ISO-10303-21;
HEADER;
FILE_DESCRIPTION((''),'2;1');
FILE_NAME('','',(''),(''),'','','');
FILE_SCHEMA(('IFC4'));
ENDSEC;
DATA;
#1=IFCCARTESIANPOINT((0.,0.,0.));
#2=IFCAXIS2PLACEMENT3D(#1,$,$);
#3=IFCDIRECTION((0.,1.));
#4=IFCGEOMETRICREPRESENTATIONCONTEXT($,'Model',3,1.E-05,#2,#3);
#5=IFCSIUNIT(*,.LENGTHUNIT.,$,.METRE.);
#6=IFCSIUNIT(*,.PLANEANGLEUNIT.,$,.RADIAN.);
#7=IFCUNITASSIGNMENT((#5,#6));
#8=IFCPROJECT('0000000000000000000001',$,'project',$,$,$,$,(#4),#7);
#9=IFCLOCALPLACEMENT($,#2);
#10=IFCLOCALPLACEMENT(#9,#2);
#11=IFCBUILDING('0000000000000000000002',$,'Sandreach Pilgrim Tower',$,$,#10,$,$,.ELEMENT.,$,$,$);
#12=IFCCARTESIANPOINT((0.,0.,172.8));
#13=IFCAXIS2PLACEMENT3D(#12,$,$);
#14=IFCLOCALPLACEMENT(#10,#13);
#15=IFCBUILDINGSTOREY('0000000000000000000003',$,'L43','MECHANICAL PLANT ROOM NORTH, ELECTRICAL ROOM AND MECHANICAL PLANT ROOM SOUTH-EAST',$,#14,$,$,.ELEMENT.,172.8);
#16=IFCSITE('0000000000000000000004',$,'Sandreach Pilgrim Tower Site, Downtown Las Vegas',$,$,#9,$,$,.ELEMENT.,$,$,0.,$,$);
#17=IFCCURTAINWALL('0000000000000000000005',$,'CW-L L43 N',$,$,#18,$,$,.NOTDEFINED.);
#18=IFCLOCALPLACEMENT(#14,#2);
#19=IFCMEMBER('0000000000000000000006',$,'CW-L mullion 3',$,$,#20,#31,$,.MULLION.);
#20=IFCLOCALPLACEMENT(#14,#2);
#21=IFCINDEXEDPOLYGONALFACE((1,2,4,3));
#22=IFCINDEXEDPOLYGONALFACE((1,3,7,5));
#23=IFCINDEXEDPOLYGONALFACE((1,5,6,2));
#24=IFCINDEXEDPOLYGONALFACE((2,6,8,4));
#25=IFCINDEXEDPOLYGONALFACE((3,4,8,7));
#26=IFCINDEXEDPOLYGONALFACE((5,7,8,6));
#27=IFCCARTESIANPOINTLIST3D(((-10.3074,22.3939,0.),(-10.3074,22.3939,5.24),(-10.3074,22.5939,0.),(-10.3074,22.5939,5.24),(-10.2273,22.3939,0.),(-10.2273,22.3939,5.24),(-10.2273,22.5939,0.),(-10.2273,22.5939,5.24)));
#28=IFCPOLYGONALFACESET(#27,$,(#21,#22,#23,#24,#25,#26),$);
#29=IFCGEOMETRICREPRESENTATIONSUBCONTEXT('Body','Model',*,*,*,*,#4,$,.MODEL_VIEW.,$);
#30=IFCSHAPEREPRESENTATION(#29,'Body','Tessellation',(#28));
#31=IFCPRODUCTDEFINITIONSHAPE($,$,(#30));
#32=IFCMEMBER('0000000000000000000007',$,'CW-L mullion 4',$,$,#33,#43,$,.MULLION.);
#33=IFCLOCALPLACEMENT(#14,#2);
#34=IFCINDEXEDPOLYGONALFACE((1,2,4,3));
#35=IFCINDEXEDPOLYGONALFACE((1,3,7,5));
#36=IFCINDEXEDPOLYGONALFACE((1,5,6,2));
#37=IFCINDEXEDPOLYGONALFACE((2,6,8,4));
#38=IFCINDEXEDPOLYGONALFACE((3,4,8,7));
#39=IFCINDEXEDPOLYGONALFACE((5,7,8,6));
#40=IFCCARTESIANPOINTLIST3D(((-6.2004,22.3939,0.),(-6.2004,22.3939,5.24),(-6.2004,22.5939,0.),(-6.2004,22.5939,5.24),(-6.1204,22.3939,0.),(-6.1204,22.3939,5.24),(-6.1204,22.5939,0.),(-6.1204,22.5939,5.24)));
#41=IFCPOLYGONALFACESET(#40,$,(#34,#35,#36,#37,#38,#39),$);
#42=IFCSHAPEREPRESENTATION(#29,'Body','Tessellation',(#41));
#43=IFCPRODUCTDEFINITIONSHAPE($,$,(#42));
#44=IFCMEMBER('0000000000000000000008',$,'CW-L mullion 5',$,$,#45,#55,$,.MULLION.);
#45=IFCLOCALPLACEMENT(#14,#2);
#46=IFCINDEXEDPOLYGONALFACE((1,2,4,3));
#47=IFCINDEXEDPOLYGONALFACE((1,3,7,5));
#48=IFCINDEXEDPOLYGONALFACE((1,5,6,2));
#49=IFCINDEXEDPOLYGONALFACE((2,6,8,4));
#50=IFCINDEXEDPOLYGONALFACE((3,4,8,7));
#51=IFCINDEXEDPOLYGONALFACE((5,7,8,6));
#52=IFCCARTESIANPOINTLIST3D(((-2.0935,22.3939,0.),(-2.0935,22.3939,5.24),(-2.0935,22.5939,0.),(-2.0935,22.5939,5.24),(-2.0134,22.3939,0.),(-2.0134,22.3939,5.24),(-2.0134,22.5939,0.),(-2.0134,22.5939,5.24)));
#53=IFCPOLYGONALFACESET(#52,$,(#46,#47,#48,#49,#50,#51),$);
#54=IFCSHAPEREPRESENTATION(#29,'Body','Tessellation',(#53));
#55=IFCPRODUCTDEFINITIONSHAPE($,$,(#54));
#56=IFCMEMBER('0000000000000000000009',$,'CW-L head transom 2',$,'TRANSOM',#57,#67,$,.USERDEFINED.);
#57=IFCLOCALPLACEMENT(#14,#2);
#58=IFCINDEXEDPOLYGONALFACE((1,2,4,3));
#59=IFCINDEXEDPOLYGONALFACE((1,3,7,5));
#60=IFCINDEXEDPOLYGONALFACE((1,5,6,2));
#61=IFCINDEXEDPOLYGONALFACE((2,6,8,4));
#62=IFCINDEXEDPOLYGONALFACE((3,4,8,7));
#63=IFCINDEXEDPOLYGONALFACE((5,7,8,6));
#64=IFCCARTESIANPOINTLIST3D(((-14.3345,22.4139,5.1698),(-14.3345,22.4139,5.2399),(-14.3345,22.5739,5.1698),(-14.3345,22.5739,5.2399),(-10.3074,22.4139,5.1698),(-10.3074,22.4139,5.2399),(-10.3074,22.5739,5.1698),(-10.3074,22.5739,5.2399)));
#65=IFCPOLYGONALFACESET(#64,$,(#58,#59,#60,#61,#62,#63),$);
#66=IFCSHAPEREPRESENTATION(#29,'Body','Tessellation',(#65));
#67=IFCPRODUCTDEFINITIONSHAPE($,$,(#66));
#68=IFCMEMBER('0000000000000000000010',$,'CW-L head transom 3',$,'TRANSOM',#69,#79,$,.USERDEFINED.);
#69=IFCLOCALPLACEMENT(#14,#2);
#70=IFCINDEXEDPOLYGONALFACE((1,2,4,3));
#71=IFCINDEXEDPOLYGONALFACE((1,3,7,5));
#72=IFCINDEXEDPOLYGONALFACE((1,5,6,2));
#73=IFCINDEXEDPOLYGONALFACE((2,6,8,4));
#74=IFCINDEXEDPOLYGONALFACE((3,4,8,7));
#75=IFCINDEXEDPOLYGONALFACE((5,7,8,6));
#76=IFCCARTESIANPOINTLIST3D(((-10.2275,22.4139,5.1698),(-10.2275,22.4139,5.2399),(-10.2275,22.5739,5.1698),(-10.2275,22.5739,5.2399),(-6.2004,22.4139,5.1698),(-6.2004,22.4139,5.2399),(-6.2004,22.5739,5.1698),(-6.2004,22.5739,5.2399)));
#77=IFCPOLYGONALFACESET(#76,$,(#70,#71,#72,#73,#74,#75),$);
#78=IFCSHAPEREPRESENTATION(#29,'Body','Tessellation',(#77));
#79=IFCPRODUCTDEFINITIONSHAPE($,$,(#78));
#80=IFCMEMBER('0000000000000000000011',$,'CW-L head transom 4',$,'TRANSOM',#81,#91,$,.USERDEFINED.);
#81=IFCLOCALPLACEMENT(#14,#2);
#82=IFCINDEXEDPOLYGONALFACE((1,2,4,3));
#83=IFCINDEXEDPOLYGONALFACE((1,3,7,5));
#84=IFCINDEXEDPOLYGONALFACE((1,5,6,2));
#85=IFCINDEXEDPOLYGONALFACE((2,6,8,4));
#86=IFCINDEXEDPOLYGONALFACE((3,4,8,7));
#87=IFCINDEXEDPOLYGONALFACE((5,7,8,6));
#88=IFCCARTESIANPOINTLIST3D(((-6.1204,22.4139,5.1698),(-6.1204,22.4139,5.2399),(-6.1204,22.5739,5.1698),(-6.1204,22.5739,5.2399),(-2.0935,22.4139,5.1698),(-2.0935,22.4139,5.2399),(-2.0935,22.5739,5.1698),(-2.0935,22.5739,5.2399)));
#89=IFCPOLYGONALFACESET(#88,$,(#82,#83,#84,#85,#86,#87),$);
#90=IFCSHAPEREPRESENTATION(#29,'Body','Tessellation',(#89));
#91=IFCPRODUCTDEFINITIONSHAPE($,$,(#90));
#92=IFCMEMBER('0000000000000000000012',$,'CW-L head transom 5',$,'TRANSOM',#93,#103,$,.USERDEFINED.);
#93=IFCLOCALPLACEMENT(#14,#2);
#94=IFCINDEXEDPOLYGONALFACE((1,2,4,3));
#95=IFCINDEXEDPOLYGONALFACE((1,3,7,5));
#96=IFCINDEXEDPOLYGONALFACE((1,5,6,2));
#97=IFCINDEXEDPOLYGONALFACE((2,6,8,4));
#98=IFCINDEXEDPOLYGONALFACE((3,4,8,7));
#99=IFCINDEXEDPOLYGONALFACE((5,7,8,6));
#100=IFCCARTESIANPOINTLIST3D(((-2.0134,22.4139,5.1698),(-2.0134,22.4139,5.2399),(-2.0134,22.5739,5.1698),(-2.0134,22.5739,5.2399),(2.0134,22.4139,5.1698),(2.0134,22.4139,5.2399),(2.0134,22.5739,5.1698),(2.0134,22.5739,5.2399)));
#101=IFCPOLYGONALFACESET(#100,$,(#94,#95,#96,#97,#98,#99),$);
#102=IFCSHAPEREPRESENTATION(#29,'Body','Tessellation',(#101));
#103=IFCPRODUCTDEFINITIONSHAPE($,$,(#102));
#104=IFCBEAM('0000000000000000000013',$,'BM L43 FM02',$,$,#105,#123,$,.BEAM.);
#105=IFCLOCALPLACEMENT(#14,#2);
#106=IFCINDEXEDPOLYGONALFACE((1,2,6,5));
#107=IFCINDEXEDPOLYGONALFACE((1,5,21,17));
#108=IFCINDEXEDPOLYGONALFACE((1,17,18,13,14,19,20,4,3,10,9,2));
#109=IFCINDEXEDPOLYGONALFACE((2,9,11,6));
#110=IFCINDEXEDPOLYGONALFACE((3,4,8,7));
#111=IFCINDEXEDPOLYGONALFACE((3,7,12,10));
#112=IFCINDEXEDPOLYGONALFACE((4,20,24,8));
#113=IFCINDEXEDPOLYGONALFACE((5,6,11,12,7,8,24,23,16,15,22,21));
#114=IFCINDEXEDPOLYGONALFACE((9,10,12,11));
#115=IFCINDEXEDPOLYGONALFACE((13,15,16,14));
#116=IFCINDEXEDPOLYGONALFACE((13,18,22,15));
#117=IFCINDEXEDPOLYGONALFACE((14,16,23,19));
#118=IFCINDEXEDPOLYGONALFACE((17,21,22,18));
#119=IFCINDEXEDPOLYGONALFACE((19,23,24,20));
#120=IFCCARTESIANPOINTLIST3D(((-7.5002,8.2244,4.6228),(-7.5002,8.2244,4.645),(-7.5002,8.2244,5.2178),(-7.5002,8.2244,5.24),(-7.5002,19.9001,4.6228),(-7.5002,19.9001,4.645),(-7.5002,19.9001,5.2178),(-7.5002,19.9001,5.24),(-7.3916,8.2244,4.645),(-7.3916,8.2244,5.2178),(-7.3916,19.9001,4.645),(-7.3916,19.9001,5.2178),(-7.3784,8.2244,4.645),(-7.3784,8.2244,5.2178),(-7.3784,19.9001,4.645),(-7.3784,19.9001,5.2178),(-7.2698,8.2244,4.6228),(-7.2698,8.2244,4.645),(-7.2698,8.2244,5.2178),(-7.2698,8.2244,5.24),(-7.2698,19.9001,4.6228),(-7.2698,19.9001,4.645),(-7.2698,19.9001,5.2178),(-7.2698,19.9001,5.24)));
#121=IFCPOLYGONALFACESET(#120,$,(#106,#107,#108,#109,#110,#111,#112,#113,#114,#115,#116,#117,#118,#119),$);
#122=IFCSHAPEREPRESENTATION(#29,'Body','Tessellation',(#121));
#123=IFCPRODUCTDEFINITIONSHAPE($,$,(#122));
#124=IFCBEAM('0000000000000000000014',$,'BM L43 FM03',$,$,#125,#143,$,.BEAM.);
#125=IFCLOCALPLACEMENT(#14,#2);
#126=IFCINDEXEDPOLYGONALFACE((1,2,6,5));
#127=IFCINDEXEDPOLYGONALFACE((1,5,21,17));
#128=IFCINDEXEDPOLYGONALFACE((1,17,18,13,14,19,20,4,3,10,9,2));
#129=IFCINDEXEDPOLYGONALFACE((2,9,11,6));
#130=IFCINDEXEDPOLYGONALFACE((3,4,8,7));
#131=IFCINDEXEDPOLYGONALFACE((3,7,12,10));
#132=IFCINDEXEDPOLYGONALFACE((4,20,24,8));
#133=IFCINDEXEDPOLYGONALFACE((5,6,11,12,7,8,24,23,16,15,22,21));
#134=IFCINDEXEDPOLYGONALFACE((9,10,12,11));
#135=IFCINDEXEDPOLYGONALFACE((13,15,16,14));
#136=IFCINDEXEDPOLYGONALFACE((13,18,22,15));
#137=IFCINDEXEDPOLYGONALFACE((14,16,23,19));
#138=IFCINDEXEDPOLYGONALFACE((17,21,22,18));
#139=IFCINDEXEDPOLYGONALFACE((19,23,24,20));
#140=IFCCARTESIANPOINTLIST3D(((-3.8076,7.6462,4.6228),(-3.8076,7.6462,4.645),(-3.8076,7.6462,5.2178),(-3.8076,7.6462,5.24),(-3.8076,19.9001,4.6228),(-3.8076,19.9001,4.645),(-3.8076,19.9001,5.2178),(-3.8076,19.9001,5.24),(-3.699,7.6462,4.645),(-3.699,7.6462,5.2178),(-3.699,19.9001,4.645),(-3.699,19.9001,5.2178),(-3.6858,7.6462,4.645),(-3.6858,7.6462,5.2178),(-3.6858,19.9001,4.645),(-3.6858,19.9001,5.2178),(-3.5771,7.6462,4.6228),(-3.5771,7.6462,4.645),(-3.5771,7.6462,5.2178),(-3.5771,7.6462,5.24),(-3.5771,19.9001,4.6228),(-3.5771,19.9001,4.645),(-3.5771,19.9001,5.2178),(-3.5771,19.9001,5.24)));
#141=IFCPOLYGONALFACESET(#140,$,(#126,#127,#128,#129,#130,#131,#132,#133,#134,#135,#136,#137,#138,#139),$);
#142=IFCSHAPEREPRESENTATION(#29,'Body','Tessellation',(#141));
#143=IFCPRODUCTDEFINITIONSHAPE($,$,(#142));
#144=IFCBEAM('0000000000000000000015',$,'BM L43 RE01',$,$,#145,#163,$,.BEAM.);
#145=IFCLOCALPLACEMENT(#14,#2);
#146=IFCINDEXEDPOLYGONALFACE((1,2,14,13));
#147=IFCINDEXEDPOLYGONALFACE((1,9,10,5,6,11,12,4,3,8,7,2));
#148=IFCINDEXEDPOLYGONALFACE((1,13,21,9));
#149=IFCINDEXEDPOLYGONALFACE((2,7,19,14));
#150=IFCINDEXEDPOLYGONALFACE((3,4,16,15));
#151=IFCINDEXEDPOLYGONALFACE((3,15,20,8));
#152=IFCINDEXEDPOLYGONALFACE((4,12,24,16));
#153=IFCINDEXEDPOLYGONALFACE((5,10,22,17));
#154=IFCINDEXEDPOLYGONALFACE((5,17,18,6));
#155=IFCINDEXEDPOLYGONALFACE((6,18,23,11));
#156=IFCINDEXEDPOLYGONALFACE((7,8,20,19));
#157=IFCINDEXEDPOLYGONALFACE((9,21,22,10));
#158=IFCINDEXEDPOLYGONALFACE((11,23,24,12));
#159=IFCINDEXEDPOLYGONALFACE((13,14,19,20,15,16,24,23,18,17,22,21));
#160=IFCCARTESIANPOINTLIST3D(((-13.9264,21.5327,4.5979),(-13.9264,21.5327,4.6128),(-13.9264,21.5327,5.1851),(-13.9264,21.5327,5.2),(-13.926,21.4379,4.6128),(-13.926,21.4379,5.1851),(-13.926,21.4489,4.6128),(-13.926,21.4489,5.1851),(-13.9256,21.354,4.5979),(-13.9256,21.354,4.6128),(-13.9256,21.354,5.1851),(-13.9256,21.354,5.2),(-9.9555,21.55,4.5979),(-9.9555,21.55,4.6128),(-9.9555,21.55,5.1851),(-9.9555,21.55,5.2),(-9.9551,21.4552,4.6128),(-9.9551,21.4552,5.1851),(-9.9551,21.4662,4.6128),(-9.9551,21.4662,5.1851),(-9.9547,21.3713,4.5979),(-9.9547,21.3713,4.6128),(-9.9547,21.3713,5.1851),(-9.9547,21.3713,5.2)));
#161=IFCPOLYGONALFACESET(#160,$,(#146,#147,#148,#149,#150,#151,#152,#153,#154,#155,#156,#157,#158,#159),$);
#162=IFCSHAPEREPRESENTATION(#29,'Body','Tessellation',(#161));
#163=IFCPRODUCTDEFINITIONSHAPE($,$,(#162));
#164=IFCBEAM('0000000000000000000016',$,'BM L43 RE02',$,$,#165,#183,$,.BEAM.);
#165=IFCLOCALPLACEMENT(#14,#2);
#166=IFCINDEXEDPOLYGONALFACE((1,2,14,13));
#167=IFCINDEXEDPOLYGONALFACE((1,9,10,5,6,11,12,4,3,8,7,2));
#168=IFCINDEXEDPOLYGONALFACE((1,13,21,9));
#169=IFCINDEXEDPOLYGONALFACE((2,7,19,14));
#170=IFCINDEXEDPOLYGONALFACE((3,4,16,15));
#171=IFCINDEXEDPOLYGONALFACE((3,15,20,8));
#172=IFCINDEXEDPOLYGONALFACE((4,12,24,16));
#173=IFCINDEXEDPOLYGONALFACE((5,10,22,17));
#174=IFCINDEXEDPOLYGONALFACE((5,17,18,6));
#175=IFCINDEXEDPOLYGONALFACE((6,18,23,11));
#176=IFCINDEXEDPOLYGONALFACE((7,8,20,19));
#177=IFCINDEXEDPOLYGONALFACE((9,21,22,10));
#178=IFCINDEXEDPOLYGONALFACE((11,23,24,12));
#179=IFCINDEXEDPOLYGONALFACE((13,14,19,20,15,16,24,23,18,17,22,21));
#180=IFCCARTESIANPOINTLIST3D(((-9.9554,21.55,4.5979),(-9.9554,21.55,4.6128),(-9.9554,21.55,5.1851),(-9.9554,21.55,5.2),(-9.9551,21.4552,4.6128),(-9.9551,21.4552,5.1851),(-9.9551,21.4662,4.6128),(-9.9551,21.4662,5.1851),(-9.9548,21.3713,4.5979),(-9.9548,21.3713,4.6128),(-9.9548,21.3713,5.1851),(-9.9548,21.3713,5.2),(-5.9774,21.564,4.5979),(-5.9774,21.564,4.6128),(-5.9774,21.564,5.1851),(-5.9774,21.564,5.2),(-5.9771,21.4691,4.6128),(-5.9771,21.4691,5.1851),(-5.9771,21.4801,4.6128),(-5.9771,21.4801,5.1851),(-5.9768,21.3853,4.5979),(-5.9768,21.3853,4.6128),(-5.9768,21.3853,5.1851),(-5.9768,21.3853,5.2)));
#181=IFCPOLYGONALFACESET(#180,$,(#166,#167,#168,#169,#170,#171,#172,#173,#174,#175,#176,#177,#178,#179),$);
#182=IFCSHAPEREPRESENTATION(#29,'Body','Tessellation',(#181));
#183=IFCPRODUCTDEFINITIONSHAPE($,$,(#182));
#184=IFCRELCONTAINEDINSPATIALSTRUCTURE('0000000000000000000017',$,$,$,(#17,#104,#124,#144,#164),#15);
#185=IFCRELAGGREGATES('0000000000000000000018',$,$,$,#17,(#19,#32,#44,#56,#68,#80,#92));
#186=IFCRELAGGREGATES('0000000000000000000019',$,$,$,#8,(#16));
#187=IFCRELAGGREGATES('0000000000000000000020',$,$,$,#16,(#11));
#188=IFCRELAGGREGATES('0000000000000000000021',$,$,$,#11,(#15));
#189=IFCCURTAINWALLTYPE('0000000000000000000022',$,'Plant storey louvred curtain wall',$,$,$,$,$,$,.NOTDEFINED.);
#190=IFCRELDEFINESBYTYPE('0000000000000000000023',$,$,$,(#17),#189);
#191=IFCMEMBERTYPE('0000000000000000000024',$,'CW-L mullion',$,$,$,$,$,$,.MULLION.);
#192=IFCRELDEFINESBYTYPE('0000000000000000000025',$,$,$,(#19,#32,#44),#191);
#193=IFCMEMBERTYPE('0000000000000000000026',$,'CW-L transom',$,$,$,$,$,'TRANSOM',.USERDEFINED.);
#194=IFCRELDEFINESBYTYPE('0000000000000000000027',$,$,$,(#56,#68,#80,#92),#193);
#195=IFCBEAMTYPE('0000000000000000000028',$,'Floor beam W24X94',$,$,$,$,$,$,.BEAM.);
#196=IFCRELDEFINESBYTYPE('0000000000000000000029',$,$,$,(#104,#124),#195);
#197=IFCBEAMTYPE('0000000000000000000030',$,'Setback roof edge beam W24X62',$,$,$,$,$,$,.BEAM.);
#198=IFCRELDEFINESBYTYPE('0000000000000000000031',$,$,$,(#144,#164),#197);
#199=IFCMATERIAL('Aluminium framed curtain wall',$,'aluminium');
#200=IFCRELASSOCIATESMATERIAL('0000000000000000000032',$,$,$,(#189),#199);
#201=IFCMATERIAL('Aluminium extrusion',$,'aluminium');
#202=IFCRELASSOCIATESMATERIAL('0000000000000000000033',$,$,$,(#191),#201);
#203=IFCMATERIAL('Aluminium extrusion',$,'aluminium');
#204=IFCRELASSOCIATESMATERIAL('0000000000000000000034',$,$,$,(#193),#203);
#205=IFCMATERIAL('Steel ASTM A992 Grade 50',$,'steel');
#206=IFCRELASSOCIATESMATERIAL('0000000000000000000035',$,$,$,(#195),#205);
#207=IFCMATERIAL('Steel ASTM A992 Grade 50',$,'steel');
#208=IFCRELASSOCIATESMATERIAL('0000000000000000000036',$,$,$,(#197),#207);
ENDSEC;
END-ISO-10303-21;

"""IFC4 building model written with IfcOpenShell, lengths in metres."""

from ifc_helpers import new_model, si_unit, direction, frame, origin, origin_2d, place, context, subcontext, project, spatial, rectangle, i_section, extrude, material, material_profile, profile_set, type_object, element, aggregate, save


model = new_model("IFC4")

# Units and contexts
model_context = context("Model", 3, precision=1e-05, world=origin(), true_north=direction((0.0, 1.0)))
body_context = subcontext(model_context, "Body", "Model", "MODEL_VIEW")
ifc_project = project(units=[si_unit("LENGTHUNIT", "METRE"), si_unit("PLANEANGLEUNIT", "RADIAN")], contexts=[model_context])

# Site, building, storey
site_placement = place(None, origin())
site = spatial("IfcSite", under=ifc_project, at=site_placement, Name="Sandreach Pilgrim Tower Site, Downtown Las Vegas", CompositionType="ELEMENT", RefElevation=0.0)
building_placement = place(site_placement, origin())
building = spatial("IfcBuilding", under=site, at=building_placement, Name="Sandreach Pilgrim Tower", CompositionType="ELEMENT")
storey_placement = place(building_placement, frame((0.0, 0.0, 172.8)))
storey = spatial("IfcBuildingStorey", under=building, at=storey_placement, Name="L43", Description="MECHANICAL PLANT ROOM NORTH, ELECTRICAL ROOM AND MECHANICAL PLANT ROOM SOUTH-EAST", CompositionType="ELEMENT", Elevation=172.8)

# Curtain wall, members
ifc_material_1 = material(Name="Aluminium framed curtain wall", Category="aluminium")
curtain_wall_type = type_object("IfcCurtainWallType", Name="Plant storey louvred curtain wall", PredefinedType="NOTDEFINED", material=ifc_material_1)
curtain_wall_placement = place(storey_placement, origin())
curtain_wall = element("IfcCurtainWall", 1, at=curtain_wall_placement, inside=storey, type_object=curtain_wall_type, Name="CW-L L43 N", PredefinedType="NOTDEFINED")
ifc_material_2 = material(Name="Aluminium extrusion", Category="aluminium")
ifc_material_profile_1 = material_profile(ifc_material_2, rectangle(XDim=0.0801, YDim=0.2, at=origin_2d()), Name="CW-LM 80X200")
ifc_profile_set_1 = profile_set([ifc_material_profile_1], Name="Aluminium extrusion")
member_type_1 = type_object("IfcMemberType", Name="CW-L mullion", PredefinedType="MULLION", material=ifc_profile_set_1)
member_1_placement = place(storey_placement, frame((-10.2673, 22.4939, 0.0), z_axis=(0.0, 0.0, 1.0), x_axis=(1.0, 0.0, 0.0)))
member_1 = element("IfcMember", 2, at=member_1_placement, type_object=member_type_1, Name="CW-L mullion 3", PredefinedType="MULLION", context=body_context, shape_type="SweptSolid", body=[
    extrude(rectangle(XDim=0.0801, YDim=0.2, at=origin_2d()), origin(), (0.0, 0.0, 1.0), 5.24),
])
member_2_placement = place(storey_placement, frame((-6.1604, 22.4939, 0.0), z_axis=(0.0, 0.0, 1.0), x_axis=(1.0, 0.0, 0.0)))
member_2 = element("IfcMember", 3, at=member_2_placement, type_object=member_type_1, Name="CW-L mullion 4", PredefinedType="MULLION", context=body_context, shape_type="SweptSolid", body=[
    extrude(rectangle(XDim=0.0801, YDim=0.2, at=origin_2d()), origin(), (0.0, 0.0, 1.0), 5.24),
])
member_3_placement = place(storey_placement, frame((-2.0535, 22.4939, 0.0), z_axis=(0.0, 0.0, 1.0), x_axis=(1.0, 0.0, 0.0)))
member_3 = element("IfcMember", 4, at=member_3_placement, type_object=member_type_1, Name="CW-L mullion 5", PredefinedType="MULLION", context=body_context, shape_type="SweptSolid", body=[
    extrude(rectangle(XDim=0.0801, YDim=0.2, at=origin_2d()), origin(), (0.0, 0.0, 1.0), 5.24),
])
ifc_material_3 = material(Name="Aluminium extrusion", Category="aluminium")
ifc_material_profile_2 = material_profile(ifc_material_3, rectangle(XDim=0.1599, YDim=0.0701, at=origin_2d()), Name="CW-LT 160X70")
ifc_profile_set_2 = profile_set([ifc_material_profile_2], Name="Aluminium extrusion")
member_type_2 = type_object("IfcMemberType", Name="CW-L transom", ElementType="TRANSOM", PredefinedType="USERDEFINED", material=ifc_profile_set_2)
member_4_placement = place(storey_placement, frame((-14.3345, 22.4939, 5.2048), z_axis=(1.0, 0.0, 0.0), x_axis=(0.0, 1.0, 0.0)))
member_4 = element("IfcMember", 5, at=member_4_placement, type_object=member_type_2, Name="CW-L head transom 2", ObjectType="TRANSOM", PredefinedType="USERDEFINED", context=body_context, shape_type="SweptSolid", body=[
    extrude(rectangle(XDim=0.1599, YDim=0.0701, at=origin_2d()), origin(), (0.0, 0.0, 1.0), 4.0271),
])
member_5_placement = place(storey_placement, frame((-10.2275, 22.4939, 5.2048), z_axis=(1.0, 0.0, 0.0), x_axis=(0.0, 1.0, 0.0)))
member_5 = element("IfcMember", 6, at=member_5_placement, type_object=member_type_2, Name="CW-L head transom 3", ObjectType="TRANSOM", PredefinedType="USERDEFINED", context=body_context, shape_type="SweptSolid", body=[
    extrude(rectangle(XDim=0.1599, YDim=0.0701, at=origin_2d()), origin(), (0.0, 0.0, 1.0), 4.0271),
])
member_6_placement = place(storey_placement, frame((-6.1204, 22.4939, 5.2048), z_axis=(1.0, 0.0, 0.0), x_axis=(0.0, 1.0, 0.0)))
member_6 = element("IfcMember", 7, at=member_6_placement, type_object=member_type_2, Name="CW-L head transom 4", ObjectType="TRANSOM", PredefinedType="USERDEFINED", context=body_context, shape_type="SweptSolid", body=[
    extrude(rectangle(XDim=0.1599, YDim=0.0701, at=origin_2d()), origin(), (0.0, 0.0, 1.0), 4.0269),
])
member_7_placement = place(storey_placement, frame((-2.0134, 22.4939, 5.2048), z_axis=(1.0, 0.0, 0.0), x_axis=(0.0, 1.0, 0.0)))
member_7 = element("IfcMember", 8, at=member_7_placement, type_object=member_type_2, Name="CW-L head transom 5", ObjectType="TRANSOM", PredefinedType="USERDEFINED", context=body_context, shape_type="SweptSolid", body=[
    extrude(rectangle(XDim=0.1599, YDim=0.0701, at=origin_2d()), origin(), (0.0, 0.0, 1.0), 4.0269),
])

# Beams
ifc_material_4 = material(Name="Steel ASTM A992 Grade 50", Category="steel")
ifc_material_profile_3 = material_profile(ifc_material_4, i_section(OverallWidth=0.2305, OverallDepth=0.6172, WebThickness=0.0132, FlangeThickness=0.0222, at=origin_2d()), Name="W24X94")
ifc_profile_set_3 = profile_set([ifc_material_profile_3], Name="Steel ASTM A992 Grade 50")
beam_type_1 = type_object("IfcBeamType", Name="Floor beam W24X94", PredefinedType="BEAM", material=ifc_profile_set_3)
beam_1_placement = place(storey_placement, frame((-7.385, 19.9001, 4.9314), z_axis=(0.0, -1.0, 0.0), x_axis=(1.0, 0.0, 0.0)))
element("IfcBeam", 9, at=beam_1_placement, inside=storey, type_object=beam_type_1, Name="BM L43 FM02", PredefinedType="BEAM", context=body_context, shape_type="SweptSolid", body=[
    extrude(i_section(OverallWidth=0.2305, OverallDepth=0.6172, WebThickness=0.0132, FlangeThickness=0.0222, at=origin_2d()), origin(), (0.0, 0.0, 1.0), 11.6758),
])
beam_2_placement = place(storey_placement, frame((-3.6924, 19.9001, 4.9314), z_axis=(0.0, -1.0, 0.0), x_axis=(1.0, 0.0, 0.0)))
element("IfcBeam", 10, at=beam_2_placement, inside=storey, type_object=beam_type_1, Name="BM L43 FM03", PredefinedType="BEAM", context=body_context, shape_type="SweptSolid", body=[
    extrude(i_section(OverallWidth=0.2305, OverallDepth=0.6172, WebThickness=0.0132, FlangeThickness=0.0222, at=origin_2d()), origin(), (0.0, 0.0, 1.0), 12.2539),
])
ifc_material_5 = material(Name="Steel ASTM A992 Grade 50", Category="steel")
ifc_material_profile_4 = material_profile(ifc_material_5, i_section(OverallWidth=0.1787, OverallDepth=0.6021, WebThickness=0.011, FlangeThickness=0.0149, at=origin_2d()), Name="W24X62")
ifc_profile_set_4 = profile_set([ifc_material_profile_4], Name="Steel ASTM A992 Grade 50")
beam_type_2 = type_object("IfcBeamType", Name="Setback roof edge beam W24X62", PredefinedType="BEAM", material=ifc_profile_set_4)
beam_3_placement = place(storey_placement, frame((-13.926, 21.4434, 4.8989), z_axis=(0.99999, 0.004365, 0.0), x_axis=(-0.004365, 0.99999, 0.0)))
element("IfcBeam", 11, at=beam_3_placement, inside=storey, type_object=beam_type_2, Name="BM L43 RE01", PredefinedType="BEAM", context=body_context, shape_type="SweptSolid", body=[
    extrude(i_section(OverallWidth=0.1787, OverallDepth=0.6021, WebThickness=0.011, FlangeThickness=0.0149, at=origin_2d()), origin(), (0.0, 0.0, 1.0), 3.9709),
])
beam_4_placement = place(storey_placement, frame((-9.9551, 21.4607, 4.8989), z_axis=(0.999994, 0.003498, 0.0), x_axis=(-0.003498, 0.999994, 0.0)))
element("IfcBeam", 12, at=beam_4_placement, inside=storey, type_object=beam_type_2, Name="BM L43 RE02", PredefinedType="BEAM", context=body_context, shape_type="SweptSolid", body=[
    extrude(i_section(OverallWidth=0.1787, OverallDepth=0.6021, WebThickness=0.011, FlangeThickness=0.0149, at=origin_2d()), origin(), (0.0, 0.0, 1.0), 3.978),
])

aggregate(curtain_wall, [member_1, member_2, member_3, member_4, member_5, member_6, member_7])

save(model, "model.ifc")
